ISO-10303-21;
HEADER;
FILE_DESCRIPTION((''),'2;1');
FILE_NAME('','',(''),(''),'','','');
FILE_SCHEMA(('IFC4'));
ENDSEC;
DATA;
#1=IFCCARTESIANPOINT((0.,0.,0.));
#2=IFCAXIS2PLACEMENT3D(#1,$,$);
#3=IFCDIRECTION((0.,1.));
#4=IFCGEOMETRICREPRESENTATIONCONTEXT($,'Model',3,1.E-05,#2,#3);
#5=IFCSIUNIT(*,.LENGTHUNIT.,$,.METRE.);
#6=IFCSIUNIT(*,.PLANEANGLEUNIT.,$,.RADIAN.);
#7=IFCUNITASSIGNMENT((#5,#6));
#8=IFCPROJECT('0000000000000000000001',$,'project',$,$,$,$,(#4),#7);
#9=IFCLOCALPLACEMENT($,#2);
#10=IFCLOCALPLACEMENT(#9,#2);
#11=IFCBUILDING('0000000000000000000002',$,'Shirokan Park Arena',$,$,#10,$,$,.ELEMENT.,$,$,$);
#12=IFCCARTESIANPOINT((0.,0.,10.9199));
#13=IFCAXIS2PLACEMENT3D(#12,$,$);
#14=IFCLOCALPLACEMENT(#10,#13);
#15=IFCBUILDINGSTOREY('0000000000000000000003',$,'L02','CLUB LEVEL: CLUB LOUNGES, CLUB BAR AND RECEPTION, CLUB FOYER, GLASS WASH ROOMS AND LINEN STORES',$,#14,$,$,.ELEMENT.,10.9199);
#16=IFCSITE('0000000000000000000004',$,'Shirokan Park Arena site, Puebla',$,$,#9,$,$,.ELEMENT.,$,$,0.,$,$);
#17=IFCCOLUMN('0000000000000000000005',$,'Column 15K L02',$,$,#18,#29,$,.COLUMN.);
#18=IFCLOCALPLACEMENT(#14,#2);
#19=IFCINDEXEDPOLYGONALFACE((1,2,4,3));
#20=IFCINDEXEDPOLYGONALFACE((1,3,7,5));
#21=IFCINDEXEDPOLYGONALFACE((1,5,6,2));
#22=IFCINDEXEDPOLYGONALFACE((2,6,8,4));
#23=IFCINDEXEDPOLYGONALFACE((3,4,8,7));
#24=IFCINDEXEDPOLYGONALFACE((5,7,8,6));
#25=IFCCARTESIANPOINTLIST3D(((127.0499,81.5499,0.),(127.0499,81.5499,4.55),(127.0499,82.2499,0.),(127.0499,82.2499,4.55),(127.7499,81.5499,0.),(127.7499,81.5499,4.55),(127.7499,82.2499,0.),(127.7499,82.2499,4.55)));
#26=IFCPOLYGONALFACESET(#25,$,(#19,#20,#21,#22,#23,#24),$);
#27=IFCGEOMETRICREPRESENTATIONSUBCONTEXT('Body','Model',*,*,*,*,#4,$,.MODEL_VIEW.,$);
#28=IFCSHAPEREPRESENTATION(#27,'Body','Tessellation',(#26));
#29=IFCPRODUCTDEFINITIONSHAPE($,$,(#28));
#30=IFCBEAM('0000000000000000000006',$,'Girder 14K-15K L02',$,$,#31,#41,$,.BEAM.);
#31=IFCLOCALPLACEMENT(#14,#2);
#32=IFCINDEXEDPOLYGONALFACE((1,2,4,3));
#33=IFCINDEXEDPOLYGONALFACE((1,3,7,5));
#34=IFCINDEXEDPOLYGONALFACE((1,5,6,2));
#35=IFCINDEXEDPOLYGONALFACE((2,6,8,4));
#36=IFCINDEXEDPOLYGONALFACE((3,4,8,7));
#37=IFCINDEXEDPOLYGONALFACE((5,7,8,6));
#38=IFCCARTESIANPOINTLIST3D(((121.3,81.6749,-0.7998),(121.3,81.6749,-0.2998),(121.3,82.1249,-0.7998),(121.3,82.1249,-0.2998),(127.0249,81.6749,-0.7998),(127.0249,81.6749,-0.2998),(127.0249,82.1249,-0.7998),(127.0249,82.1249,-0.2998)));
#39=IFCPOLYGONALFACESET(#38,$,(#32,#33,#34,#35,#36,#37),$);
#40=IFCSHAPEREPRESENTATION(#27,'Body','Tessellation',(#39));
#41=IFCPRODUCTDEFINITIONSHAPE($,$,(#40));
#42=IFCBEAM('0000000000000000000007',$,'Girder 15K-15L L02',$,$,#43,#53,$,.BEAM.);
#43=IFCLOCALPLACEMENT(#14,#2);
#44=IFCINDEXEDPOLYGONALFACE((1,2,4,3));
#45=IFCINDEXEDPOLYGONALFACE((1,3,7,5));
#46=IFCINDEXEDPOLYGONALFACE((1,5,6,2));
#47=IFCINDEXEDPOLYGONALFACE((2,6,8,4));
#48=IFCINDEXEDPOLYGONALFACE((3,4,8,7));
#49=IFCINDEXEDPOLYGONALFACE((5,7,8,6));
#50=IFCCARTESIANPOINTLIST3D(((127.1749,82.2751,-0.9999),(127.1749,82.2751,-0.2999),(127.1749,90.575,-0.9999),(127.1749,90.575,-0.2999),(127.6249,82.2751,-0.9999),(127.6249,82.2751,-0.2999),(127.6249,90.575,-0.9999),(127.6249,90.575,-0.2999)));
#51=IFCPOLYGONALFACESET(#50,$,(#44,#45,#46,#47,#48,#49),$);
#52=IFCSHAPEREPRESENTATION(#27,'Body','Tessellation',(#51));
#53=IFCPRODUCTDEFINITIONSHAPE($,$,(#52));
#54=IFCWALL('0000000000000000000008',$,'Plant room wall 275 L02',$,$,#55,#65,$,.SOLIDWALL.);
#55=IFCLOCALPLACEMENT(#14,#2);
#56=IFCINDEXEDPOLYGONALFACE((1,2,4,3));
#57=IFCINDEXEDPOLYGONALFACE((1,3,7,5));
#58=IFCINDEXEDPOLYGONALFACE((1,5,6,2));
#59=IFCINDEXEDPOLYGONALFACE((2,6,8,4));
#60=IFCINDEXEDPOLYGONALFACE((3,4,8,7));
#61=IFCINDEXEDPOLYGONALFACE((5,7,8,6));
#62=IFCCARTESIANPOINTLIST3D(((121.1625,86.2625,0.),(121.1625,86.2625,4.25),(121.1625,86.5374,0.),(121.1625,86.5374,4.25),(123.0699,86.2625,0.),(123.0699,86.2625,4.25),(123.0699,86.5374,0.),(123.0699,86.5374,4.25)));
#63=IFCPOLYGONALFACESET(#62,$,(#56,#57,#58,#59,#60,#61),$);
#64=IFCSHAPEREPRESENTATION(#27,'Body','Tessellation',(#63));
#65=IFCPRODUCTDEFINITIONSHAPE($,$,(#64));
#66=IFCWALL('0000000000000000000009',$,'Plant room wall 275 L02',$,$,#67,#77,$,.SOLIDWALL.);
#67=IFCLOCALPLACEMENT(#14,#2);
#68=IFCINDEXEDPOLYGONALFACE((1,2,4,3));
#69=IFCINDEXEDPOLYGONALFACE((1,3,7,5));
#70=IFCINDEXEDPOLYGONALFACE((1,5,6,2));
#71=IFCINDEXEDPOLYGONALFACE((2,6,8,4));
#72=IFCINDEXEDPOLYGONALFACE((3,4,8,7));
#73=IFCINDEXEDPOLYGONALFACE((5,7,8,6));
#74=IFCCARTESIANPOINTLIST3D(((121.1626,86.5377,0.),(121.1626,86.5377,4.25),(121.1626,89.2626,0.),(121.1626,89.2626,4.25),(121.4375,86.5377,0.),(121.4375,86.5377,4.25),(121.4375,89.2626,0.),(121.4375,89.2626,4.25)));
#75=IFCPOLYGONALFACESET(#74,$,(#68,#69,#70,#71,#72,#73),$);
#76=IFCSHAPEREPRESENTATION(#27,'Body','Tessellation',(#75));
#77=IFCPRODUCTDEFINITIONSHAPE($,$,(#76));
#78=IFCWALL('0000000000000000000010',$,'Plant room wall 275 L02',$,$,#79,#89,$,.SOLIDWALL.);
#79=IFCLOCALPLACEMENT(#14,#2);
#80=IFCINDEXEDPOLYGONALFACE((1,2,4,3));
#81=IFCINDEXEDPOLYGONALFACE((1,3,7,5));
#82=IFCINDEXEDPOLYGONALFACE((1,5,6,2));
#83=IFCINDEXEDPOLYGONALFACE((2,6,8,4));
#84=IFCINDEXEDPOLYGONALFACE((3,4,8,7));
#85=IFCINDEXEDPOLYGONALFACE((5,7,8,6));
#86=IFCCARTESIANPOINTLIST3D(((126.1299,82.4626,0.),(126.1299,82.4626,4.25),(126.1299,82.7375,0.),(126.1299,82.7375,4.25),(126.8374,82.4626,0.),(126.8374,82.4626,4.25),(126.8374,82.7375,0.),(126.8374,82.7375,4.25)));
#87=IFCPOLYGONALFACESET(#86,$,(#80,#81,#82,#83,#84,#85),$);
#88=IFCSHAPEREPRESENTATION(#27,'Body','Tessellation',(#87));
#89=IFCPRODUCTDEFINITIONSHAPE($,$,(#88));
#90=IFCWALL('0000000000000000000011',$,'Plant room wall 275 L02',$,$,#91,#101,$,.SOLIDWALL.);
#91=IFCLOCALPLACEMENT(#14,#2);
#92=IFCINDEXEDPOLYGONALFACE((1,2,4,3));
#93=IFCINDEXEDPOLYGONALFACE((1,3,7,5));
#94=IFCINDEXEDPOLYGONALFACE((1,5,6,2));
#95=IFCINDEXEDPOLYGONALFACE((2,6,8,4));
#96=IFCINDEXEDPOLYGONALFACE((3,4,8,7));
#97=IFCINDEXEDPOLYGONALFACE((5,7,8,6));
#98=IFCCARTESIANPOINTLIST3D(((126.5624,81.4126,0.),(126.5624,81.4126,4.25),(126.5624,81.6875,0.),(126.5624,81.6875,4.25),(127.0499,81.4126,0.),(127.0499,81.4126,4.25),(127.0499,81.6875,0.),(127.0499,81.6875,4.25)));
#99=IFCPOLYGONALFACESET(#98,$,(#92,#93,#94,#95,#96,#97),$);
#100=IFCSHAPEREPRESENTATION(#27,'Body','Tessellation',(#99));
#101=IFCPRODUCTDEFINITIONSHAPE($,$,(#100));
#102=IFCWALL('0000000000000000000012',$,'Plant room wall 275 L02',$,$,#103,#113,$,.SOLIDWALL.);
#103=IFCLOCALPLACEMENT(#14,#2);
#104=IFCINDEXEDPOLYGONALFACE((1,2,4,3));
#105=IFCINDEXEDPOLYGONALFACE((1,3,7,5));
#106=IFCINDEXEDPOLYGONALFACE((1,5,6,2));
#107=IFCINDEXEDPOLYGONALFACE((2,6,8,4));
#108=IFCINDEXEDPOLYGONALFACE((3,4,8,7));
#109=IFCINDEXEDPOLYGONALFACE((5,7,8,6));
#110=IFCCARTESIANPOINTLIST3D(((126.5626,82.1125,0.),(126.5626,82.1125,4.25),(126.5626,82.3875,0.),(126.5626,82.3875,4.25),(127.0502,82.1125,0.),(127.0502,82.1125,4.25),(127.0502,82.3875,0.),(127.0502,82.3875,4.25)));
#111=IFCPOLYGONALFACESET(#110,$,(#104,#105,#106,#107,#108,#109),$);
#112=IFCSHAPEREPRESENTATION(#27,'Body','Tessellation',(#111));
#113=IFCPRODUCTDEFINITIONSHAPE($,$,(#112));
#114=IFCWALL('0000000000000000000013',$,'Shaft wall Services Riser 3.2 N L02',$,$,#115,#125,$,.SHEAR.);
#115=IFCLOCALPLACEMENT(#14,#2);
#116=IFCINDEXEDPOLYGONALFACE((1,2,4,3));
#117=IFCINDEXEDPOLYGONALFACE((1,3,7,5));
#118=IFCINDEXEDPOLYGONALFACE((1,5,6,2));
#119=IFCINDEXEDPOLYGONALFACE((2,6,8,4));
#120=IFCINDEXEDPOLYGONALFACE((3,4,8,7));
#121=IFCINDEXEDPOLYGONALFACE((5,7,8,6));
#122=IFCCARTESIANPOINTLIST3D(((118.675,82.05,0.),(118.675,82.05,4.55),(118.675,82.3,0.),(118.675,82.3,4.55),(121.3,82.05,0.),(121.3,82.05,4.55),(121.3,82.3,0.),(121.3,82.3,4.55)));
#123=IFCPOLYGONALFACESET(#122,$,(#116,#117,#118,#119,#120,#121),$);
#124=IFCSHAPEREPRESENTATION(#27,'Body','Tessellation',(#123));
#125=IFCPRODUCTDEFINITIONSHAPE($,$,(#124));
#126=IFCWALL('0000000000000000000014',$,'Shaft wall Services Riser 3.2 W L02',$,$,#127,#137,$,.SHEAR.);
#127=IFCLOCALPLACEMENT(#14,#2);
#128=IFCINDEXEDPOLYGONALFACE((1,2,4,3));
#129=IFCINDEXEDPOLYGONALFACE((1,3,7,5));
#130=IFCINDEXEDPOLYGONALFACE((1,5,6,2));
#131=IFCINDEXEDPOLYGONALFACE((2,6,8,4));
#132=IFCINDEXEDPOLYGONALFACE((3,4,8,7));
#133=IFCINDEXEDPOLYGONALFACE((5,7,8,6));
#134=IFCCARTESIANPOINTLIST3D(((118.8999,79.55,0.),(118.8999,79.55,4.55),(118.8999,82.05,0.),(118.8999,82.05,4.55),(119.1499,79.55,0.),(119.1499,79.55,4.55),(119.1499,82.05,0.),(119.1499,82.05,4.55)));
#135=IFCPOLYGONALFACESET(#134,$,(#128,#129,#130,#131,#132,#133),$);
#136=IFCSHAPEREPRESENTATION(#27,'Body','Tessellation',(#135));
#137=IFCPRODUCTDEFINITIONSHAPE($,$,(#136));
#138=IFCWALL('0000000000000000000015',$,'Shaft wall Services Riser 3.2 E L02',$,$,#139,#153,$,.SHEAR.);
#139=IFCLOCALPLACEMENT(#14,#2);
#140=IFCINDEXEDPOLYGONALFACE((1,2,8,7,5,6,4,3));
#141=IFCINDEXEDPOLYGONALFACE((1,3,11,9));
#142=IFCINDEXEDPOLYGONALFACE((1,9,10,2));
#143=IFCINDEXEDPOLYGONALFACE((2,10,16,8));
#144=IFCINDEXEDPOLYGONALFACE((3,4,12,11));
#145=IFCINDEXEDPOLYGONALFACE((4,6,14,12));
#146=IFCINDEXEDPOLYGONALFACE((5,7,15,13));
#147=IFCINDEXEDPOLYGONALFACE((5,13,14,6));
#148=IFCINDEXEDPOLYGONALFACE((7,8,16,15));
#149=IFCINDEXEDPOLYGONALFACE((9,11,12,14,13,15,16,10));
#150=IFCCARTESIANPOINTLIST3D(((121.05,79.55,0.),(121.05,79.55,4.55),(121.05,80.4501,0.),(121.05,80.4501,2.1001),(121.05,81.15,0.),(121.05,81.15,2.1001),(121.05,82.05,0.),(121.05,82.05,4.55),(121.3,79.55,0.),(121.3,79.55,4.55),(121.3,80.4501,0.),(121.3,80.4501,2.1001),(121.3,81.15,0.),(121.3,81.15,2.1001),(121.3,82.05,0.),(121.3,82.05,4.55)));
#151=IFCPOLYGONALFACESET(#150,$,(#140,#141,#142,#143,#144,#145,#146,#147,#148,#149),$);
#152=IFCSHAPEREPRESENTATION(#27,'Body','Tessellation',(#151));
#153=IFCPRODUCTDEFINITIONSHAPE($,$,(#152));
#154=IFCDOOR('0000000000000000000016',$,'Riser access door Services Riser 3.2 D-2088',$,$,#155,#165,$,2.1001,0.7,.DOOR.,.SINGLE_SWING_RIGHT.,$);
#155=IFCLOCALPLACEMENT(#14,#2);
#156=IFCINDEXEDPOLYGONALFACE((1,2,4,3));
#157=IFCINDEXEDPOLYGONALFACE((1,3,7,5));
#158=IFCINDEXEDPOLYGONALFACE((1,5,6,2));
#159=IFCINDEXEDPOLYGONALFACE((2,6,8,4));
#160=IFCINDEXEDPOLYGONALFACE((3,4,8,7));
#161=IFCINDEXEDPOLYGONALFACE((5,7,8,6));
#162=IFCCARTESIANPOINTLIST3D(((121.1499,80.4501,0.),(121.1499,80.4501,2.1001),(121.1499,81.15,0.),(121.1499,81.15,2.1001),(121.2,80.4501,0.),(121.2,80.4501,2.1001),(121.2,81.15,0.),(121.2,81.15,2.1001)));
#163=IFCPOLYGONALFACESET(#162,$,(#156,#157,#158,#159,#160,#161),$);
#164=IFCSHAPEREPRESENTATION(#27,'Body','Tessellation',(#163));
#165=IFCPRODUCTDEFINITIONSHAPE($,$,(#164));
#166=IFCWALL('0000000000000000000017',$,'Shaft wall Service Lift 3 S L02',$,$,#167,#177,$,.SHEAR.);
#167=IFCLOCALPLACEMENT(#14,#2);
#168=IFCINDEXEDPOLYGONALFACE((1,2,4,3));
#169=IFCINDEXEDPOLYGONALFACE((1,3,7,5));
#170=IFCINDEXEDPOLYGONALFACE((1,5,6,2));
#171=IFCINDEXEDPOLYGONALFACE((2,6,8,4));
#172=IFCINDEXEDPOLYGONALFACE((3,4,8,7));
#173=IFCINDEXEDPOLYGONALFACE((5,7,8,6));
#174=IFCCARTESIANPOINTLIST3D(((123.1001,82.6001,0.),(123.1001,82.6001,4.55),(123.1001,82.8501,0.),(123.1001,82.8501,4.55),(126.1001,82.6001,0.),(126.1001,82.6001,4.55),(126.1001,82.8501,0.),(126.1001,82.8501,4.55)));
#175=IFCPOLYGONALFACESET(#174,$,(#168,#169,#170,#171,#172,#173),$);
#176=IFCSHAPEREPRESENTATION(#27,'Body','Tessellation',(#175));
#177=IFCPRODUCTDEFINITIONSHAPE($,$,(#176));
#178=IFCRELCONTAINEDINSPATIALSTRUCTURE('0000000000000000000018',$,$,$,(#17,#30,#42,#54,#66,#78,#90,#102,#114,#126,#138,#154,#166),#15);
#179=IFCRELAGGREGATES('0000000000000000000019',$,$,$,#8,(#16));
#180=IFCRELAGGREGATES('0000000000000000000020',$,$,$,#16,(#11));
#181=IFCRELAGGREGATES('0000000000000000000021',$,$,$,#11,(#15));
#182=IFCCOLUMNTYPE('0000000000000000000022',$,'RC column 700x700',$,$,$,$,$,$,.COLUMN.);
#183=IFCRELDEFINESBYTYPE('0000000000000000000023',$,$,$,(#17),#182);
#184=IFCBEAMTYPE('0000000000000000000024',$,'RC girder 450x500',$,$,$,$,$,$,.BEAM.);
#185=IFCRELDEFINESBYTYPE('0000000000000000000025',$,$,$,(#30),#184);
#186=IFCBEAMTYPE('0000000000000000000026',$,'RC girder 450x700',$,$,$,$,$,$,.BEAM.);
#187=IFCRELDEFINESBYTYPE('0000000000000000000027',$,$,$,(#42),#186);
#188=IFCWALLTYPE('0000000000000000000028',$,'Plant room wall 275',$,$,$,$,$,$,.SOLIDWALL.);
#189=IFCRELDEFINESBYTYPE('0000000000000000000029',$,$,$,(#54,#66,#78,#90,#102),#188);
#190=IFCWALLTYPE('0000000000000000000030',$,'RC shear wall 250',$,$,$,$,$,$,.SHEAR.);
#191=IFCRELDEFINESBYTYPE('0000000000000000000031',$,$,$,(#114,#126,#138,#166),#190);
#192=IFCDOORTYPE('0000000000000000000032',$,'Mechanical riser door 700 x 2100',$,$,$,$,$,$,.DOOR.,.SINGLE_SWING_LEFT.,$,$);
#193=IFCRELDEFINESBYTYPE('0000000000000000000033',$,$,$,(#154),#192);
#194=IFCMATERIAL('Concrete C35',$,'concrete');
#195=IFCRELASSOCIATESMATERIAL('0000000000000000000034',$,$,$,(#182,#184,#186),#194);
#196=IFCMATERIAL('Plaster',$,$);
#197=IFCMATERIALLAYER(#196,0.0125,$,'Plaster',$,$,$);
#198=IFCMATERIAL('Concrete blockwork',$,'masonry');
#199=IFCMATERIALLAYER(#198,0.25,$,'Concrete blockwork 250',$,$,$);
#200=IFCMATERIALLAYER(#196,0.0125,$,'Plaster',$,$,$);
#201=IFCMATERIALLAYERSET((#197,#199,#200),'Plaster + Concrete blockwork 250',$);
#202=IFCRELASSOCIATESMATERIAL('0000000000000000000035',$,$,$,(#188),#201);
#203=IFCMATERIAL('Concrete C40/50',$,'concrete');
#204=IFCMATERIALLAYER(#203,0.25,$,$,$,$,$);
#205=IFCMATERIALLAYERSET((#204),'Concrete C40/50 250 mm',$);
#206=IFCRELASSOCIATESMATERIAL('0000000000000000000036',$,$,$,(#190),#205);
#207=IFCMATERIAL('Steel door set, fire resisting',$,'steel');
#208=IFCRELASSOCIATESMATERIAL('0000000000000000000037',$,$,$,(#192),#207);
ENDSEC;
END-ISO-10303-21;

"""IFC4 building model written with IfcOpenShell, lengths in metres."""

from ifc_helpers import new_model, si_unit, direction, frame, frame_2d, origin, origin_2d, place, context, subcontext, project, spatial, rectangle, extrude, material, layer, layer_set, material_profile, profile_set, type_object, element, fill, save


model = new_model("IFC4")

# Units and contexts
model_context = context("Model", 3, precision=1e-05, world=origin(), true_north=direction((0.0, 1.0)))
body_context = subcontext(model_context, "Body", "Model", "MODEL_VIEW")
ifc_project = project(units=[si_unit("LENGTHUNIT", "METRE"), si_unit("PLANEANGLEUNIT", "RADIAN")], contexts=[model_context])

# Site, building, storey
site_placement = place(None, origin())
site = spatial("IfcSite", under=ifc_project, at=site_placement, Name="Shirokan Park Arena site, Puebla", CompositionType="ELEMENT", RefElevation=0.0)
building_placement = place(site_placement, origin())
building = spatial("IfcBuilding", under=site, at=building_placement, Name="Shirokan Park Arena", CompositionType="ELEMENT")
storey_placement = place(building_placement, frame((0.0, 0.0, 10.9199)))
storey = spatial("IfcBuildingStorey", under=building, at=storey_placement, Name="L02", Description="CLUB LEVEL: CLUB LOUNGES, CLUB BAR AND RECEPTION, CLUB FOYER, GLASS WASH ROOMS AND LINEN STORES", CompositionType="ELEMENT", Elevation=10.9199)

# Column
ifc_material_1 = material(Name="Concrete C35", Category="concrete")
ifc_material_profile_1 = material_profile(ifc_material_1, rectangle(XDim=0.7, YDim=0.7, at=origin_2d()), Name="700x700")
ifc_profile_set_1 = profile_set([ifc_material_profile_1], Name="Concrete C35")
column_type = type_object("IfcColumnType", Name="RC column 700x700", PredefinedType="COLUMN", material=ifc_profile_set_1)
column_placement = place(storey_placement, frame((127.3999, 81.8999, 0.0), z_axis=(0.0, 0.0, 1.0), x_axis=(1.0, 0.0, 0.0)))
element("IfcColumn", 1, at=column_placement, inside=storey, type_object=column_type, Name="Column 15K L02", PredefinedType="COLUMN", context=body_context, shape_type="SweptSolid", body=[
    extrude(rectangle(XDim=0.7, YDim=0.7, at=origin_2d()), origin(), (0.0, 0.0, 1.0), 4.55),
])

# Beams
ifc_material_profile_2 = material_profile(ifc_material_1, rectangle(XDim=0.45, YDim=0.5, at=origin_2d()), Name="450x500")
ifc_profile_set_2 = profile_set([ifc_material_profile_2], Name="Concrete C35")
beam_type_1 = type_object("IfcBeamType", Name="RC girder 450x500", PredefinedType="BEAM", material=ifc_profile_set_2)
beam_1_placement = place(storey_placement, frame((121.3, 81.8999, -0.5498), z_axis=(1.0, 0.0, 0.0), x_axis=(0.0, 1.0, 0.0)))
element("IfcBeam", 2, at=beam_1_placement, inside=storey, type_object=beam_type_1, Name="Girder 14K-15K L02", PredefinedType="BEAM", context=body_context, shape_type="SweptSolid", body=[
    extrude(rectangle(XDim=0.45, YDim=0.5, at=origin_2d()), origin(), (0.0, 0.0, 1.0), 5.7249),
])
ifc_material_profile_3 = material_profile(ifc_material_1, rectangle(XDim=0.45, YDim=0.7, at=origin_2d()), Name="450x700")
ifc_profile_set_3 = profile_set([ifc_material_profile_3], Name="Concrete C35")
beam_type_2 = type_object("IfcBeamType", Name="RC girder 450x700", PredefinedType="BEAM", material=ifc_profile_set_3)
beam_2_placement = place(storey_placement, frame((127.3999, 82.2751, -0.6499), z_axis=(0.0, 1.0, 0.0), x_axis=(-1.0, 0.0, 0.0)))
element("IfcBeam", 3, at=beam_2_placement, inside=storey, type_object=beam_type_2, Name="Girder 15K-15L L02", PredefinedType="BEAM", context=body_context, shape_type="SweptSolid", body=[
    extrude(rectangle(XDim=0.45, YDim=0.7, at=origin_2d()), origin(), (0.0, 0.0, 1.0), 8.2998),
])

# Walls
ifc_material_2 = material(Name="Plaster")
ifc_layer_1 = layer(ifc_material_2, 0.0125, Name="Plaster")
ifc_material_3 = material(Name="Concrete blockwork", Category="masonry")
ifc_layer_2 = layer(ifc_material_3, 0.25, Name="Concrete blockwork 250")
ifc_layer_3 = layer(ifc_material_2, 0.0125, Name="Plaster")
ifc_layer_set_1 = layer_set([ifc_layer_1, ifc_layer_2, ifc_layer_3], Name="Plaster + Concrete blockwork 250")
wall_type_1 = type_object("IfcWallType", Name="Plant room wall 275", PredefinedType="SOLIDWALL", material=ifc_layer_set_1)
wall_1_placement = place(storey_placement, frame((121.1626, 86.3999, 0.0), z_axis=(0.0, 0.0, 1.0), x_axis=(1.0, 0.0, 0.0)))
element("IfcWall", 4, at=wall_1_placement, inside=storey, type_object=wall_type_1, Name="Plant room wall 275 L02", PredefinedType="SOLIDWALL", context=body_context, shape_type="SweptSolid", body=[
    extrude(rectangle(XDim=1.9075, YDim=0.2749, at=frame_2d((0.9536, 0.0))), origin(), (0.0, 0.0, 1.0), 4.25),
])
wall_2_placement = place(storey_placement, frame((121.3, 89.2625, 0.0), z_axis=(0.0, 0.0, 1.0), x_axis=(0.0, -1.0, 0.0)))
element("IfcWall", 5, at=wall_2_placement, inside=storey, type_object=wall_type_1, Name="Plant room wall 275 L02", PredefinedType="SOLIDWALL", context=body_context, shape_type="SweptSolid", body=[
    extrude(rectangle(XDim=2.7249, YDim=0.2749, at=frame_2d((1.3623, 0.0))), origin(), (0.0, 0.0, 1.0), 4.25),
])
wall_3_placement = place(storey_placement, frame((126.1299, 82.6001, 0.0), z_axis=(0.0, 0.0, 1.0), x_axis=(1.0, 0.0, 0.0)))
element("IfcWall", 6, at=wall_3_placement, inside=storey, type_object=wall_type_1, Name="Plant room wall 275 L02", PredefinedType="SOLIDWALL", context=body_context, shape_type="SweptSolid", body=[
    extrude(rectangle(XDim=0.7075, YDim=0.2749, at=frame_2d((0.3538, 0.0))), origin(), (0.0, 0.0, 1.0), 4.25),
])
for number, where, z_axis, x_axis, name in (
    (7, (126.5625, 81.55, 0.0), (0.0, 0.0, 1.0), (1.0, 0.0, 0.0), "Plant room wall 275 L02"),
    (8, (127.05, 82.25, 0.0), (0.0, 0.0, 1.0), (-1.0, 0.0, 0.0), "Plant room wall 275 L02"),
):
    element("IfcWall", number, at=place(storey_placement, frame(where, z_axis=z_axis, x_axis=x_axis)), inside=storey, type_object=wall_type_1, Name=name, PredefinedType="SOLIDWALL", context=body_context, shape_type="SweptSolid", body=[
        extrude(rectangle(XDim=0.4875, YDim=0.2749, at=frame_2d((0.2437, 0.0))), origin(), (0.0, 0.0, 1.0), 4.25),
    ])
ifc_material_4 = material(Name="Concrete C40/50", Category="concrete")
ifc_layer_4 = layer(ifc_material_4, 0.25)
ifc_layer_set_2 = layer_set([ifc_layer_4], Name="Concrete C40/50 250 mm")
wall_type_2 = type_object("IfcWallType", Name="RC shear wall 250", PredefinedType="SHEAR", material=ifc_layer_set_2)
wall_4_placement = place(storey_placement, frame((121.3, 82.175, 0.0), z_axis=(0.0, 0.0, 1.0), x_axis=(-1.0, 0.0, 0.0)))
element("IfcWall", 9, at=wall_4_placement, inside=storey, type_object=wall_type_2, Name="Shaft wall Services Riser 3.2 N L02", PredefinedType="SHEAR", context=body_context, shape_type="SweptSolid", body=[
    extrude(rectangle(XDim=2.625, YDim=0.25, at=frame_2d((1.3125, 0.0))), origin(), (0.0, 0.0, 1.0), 4.55),
])
wall_5_placement = place(storey_placement, frame((119.0249, 82.05, 0.0), z_axis=(0.0, 0.0, 1.0), x_axis=(0.0, -1.0, 0.0)))
element("IfcWall", 10, at=wall_5_placement, inside=storey, type_object=wall_type_2, Name="Shaft wall Services Riser 3.2 W L02", PredefinedType="SHEAR", context=body_context, shape_type="SweptSolid", body=[
    extrude(rectangle(XDim=2.5, YDim=0.25, at=frame_2d((1.25, 0.0))), origin(), (0.0, 0.0, 1.0), 4.55),
])

# Wall, opening, door
wall_6_placement = place(storey_placement, frame((121.175, 82.05, 0.0), z_axis=(0.0, 0.0, 1.0), x_axis=(0.0, -1.0, 0.0)))
wall_6 = element("IfcWall", 11, at=wall_6_placement, inside=storey, type_object=wall_type_2, Name="Shaft wall Services Riser 3.2 E L02", PredefinedType="SHEAR", context=body_context, shape_type="SweptSolid", body=[
    extrude(rectangle(XDim=2.5, YDim=0.25, at=frame_2d((1.25, 0.0))), origin(), (0.0, 0.0, 1.0), 4.55),
])
opening_1_placement = place(wall_6_placement, frame((0.8999, 0.0, 0.0)))
opening_1 = element("IfcOpeningElement", 12, at=opening_1_placement, cuts=wall_6, PredefinedType="OPENING", context=body_context, shape_type="SweptSolid", body=[
    extrude(rectangle(XDim=0.7, YDim=2.1001, at=frame_2d((0.3501, 1.05))), frame((0.0, 0.135, 0.0), z_axis=(0.0, -1.0, 0.0), x_axis=(1.0, 0.0, 0.0)), (0.0, 0.0, 1.0), 0.27),
])
ifc_material_5 = material(Name="Steel door set, fire resisting", Category="steel")
door_type_1 = type_object("IfcDoorType", Name="Mechanical riser door 700 x 2100", OperationType="SINGLE_SWING_LEFT", PredefinedType="DOOR", material=ifc_material_5)
door_1_placement = place(opening_1_placement, origin())
door_1 = element("IfcDoor", 13, at=door_1_placement, inside=storey, type_object=door_type_1, Name="Riser access door Services Riser 3.2 D-2088", OperationType="SINGLE_SWING_RIGHT", OverallHeight=2.1001, OverallWidth=0.7, PredefinedType="DOOR", context=body_context, shape_type="SweptSolid", body=[
    extrude(rectangle(XDim=0.7, YDim=2.1001, at=frame_2d((0.3501, 1.05))), frame((0.0, 0.0249, 0.0), z_axis=(0.0, -1.0, 0.0), x_axis=(1.0, 0.0, 0.0)), (0.0, 0.0, 1.0), 0.05),
])
fill(opening_1, door_1)

# Wall
wall_7_placement = place(storey_placement, frame((126.1001, 82.7251, 0.0), z_axis=(0.0, 0.0, 1.0), x_axis=(-1.0, 0.0, 0.0)))
element("IfcWall", 14, at=wall_7_placement, inside=storey, type_object=wall_type_2, Name="Shaft wall Service Lift 3 S L02", PredefinedType="SHEAR", context=body_context, shape_type="SweptSolid", body=[
    extrude(rectangle(XDim=3.0, YDim=0.25, at=frame_2d((1.5, 0.0))), origin(), (0.0, 0.0, 1.0), 4.55),
])

save(model, "model.ifc")
